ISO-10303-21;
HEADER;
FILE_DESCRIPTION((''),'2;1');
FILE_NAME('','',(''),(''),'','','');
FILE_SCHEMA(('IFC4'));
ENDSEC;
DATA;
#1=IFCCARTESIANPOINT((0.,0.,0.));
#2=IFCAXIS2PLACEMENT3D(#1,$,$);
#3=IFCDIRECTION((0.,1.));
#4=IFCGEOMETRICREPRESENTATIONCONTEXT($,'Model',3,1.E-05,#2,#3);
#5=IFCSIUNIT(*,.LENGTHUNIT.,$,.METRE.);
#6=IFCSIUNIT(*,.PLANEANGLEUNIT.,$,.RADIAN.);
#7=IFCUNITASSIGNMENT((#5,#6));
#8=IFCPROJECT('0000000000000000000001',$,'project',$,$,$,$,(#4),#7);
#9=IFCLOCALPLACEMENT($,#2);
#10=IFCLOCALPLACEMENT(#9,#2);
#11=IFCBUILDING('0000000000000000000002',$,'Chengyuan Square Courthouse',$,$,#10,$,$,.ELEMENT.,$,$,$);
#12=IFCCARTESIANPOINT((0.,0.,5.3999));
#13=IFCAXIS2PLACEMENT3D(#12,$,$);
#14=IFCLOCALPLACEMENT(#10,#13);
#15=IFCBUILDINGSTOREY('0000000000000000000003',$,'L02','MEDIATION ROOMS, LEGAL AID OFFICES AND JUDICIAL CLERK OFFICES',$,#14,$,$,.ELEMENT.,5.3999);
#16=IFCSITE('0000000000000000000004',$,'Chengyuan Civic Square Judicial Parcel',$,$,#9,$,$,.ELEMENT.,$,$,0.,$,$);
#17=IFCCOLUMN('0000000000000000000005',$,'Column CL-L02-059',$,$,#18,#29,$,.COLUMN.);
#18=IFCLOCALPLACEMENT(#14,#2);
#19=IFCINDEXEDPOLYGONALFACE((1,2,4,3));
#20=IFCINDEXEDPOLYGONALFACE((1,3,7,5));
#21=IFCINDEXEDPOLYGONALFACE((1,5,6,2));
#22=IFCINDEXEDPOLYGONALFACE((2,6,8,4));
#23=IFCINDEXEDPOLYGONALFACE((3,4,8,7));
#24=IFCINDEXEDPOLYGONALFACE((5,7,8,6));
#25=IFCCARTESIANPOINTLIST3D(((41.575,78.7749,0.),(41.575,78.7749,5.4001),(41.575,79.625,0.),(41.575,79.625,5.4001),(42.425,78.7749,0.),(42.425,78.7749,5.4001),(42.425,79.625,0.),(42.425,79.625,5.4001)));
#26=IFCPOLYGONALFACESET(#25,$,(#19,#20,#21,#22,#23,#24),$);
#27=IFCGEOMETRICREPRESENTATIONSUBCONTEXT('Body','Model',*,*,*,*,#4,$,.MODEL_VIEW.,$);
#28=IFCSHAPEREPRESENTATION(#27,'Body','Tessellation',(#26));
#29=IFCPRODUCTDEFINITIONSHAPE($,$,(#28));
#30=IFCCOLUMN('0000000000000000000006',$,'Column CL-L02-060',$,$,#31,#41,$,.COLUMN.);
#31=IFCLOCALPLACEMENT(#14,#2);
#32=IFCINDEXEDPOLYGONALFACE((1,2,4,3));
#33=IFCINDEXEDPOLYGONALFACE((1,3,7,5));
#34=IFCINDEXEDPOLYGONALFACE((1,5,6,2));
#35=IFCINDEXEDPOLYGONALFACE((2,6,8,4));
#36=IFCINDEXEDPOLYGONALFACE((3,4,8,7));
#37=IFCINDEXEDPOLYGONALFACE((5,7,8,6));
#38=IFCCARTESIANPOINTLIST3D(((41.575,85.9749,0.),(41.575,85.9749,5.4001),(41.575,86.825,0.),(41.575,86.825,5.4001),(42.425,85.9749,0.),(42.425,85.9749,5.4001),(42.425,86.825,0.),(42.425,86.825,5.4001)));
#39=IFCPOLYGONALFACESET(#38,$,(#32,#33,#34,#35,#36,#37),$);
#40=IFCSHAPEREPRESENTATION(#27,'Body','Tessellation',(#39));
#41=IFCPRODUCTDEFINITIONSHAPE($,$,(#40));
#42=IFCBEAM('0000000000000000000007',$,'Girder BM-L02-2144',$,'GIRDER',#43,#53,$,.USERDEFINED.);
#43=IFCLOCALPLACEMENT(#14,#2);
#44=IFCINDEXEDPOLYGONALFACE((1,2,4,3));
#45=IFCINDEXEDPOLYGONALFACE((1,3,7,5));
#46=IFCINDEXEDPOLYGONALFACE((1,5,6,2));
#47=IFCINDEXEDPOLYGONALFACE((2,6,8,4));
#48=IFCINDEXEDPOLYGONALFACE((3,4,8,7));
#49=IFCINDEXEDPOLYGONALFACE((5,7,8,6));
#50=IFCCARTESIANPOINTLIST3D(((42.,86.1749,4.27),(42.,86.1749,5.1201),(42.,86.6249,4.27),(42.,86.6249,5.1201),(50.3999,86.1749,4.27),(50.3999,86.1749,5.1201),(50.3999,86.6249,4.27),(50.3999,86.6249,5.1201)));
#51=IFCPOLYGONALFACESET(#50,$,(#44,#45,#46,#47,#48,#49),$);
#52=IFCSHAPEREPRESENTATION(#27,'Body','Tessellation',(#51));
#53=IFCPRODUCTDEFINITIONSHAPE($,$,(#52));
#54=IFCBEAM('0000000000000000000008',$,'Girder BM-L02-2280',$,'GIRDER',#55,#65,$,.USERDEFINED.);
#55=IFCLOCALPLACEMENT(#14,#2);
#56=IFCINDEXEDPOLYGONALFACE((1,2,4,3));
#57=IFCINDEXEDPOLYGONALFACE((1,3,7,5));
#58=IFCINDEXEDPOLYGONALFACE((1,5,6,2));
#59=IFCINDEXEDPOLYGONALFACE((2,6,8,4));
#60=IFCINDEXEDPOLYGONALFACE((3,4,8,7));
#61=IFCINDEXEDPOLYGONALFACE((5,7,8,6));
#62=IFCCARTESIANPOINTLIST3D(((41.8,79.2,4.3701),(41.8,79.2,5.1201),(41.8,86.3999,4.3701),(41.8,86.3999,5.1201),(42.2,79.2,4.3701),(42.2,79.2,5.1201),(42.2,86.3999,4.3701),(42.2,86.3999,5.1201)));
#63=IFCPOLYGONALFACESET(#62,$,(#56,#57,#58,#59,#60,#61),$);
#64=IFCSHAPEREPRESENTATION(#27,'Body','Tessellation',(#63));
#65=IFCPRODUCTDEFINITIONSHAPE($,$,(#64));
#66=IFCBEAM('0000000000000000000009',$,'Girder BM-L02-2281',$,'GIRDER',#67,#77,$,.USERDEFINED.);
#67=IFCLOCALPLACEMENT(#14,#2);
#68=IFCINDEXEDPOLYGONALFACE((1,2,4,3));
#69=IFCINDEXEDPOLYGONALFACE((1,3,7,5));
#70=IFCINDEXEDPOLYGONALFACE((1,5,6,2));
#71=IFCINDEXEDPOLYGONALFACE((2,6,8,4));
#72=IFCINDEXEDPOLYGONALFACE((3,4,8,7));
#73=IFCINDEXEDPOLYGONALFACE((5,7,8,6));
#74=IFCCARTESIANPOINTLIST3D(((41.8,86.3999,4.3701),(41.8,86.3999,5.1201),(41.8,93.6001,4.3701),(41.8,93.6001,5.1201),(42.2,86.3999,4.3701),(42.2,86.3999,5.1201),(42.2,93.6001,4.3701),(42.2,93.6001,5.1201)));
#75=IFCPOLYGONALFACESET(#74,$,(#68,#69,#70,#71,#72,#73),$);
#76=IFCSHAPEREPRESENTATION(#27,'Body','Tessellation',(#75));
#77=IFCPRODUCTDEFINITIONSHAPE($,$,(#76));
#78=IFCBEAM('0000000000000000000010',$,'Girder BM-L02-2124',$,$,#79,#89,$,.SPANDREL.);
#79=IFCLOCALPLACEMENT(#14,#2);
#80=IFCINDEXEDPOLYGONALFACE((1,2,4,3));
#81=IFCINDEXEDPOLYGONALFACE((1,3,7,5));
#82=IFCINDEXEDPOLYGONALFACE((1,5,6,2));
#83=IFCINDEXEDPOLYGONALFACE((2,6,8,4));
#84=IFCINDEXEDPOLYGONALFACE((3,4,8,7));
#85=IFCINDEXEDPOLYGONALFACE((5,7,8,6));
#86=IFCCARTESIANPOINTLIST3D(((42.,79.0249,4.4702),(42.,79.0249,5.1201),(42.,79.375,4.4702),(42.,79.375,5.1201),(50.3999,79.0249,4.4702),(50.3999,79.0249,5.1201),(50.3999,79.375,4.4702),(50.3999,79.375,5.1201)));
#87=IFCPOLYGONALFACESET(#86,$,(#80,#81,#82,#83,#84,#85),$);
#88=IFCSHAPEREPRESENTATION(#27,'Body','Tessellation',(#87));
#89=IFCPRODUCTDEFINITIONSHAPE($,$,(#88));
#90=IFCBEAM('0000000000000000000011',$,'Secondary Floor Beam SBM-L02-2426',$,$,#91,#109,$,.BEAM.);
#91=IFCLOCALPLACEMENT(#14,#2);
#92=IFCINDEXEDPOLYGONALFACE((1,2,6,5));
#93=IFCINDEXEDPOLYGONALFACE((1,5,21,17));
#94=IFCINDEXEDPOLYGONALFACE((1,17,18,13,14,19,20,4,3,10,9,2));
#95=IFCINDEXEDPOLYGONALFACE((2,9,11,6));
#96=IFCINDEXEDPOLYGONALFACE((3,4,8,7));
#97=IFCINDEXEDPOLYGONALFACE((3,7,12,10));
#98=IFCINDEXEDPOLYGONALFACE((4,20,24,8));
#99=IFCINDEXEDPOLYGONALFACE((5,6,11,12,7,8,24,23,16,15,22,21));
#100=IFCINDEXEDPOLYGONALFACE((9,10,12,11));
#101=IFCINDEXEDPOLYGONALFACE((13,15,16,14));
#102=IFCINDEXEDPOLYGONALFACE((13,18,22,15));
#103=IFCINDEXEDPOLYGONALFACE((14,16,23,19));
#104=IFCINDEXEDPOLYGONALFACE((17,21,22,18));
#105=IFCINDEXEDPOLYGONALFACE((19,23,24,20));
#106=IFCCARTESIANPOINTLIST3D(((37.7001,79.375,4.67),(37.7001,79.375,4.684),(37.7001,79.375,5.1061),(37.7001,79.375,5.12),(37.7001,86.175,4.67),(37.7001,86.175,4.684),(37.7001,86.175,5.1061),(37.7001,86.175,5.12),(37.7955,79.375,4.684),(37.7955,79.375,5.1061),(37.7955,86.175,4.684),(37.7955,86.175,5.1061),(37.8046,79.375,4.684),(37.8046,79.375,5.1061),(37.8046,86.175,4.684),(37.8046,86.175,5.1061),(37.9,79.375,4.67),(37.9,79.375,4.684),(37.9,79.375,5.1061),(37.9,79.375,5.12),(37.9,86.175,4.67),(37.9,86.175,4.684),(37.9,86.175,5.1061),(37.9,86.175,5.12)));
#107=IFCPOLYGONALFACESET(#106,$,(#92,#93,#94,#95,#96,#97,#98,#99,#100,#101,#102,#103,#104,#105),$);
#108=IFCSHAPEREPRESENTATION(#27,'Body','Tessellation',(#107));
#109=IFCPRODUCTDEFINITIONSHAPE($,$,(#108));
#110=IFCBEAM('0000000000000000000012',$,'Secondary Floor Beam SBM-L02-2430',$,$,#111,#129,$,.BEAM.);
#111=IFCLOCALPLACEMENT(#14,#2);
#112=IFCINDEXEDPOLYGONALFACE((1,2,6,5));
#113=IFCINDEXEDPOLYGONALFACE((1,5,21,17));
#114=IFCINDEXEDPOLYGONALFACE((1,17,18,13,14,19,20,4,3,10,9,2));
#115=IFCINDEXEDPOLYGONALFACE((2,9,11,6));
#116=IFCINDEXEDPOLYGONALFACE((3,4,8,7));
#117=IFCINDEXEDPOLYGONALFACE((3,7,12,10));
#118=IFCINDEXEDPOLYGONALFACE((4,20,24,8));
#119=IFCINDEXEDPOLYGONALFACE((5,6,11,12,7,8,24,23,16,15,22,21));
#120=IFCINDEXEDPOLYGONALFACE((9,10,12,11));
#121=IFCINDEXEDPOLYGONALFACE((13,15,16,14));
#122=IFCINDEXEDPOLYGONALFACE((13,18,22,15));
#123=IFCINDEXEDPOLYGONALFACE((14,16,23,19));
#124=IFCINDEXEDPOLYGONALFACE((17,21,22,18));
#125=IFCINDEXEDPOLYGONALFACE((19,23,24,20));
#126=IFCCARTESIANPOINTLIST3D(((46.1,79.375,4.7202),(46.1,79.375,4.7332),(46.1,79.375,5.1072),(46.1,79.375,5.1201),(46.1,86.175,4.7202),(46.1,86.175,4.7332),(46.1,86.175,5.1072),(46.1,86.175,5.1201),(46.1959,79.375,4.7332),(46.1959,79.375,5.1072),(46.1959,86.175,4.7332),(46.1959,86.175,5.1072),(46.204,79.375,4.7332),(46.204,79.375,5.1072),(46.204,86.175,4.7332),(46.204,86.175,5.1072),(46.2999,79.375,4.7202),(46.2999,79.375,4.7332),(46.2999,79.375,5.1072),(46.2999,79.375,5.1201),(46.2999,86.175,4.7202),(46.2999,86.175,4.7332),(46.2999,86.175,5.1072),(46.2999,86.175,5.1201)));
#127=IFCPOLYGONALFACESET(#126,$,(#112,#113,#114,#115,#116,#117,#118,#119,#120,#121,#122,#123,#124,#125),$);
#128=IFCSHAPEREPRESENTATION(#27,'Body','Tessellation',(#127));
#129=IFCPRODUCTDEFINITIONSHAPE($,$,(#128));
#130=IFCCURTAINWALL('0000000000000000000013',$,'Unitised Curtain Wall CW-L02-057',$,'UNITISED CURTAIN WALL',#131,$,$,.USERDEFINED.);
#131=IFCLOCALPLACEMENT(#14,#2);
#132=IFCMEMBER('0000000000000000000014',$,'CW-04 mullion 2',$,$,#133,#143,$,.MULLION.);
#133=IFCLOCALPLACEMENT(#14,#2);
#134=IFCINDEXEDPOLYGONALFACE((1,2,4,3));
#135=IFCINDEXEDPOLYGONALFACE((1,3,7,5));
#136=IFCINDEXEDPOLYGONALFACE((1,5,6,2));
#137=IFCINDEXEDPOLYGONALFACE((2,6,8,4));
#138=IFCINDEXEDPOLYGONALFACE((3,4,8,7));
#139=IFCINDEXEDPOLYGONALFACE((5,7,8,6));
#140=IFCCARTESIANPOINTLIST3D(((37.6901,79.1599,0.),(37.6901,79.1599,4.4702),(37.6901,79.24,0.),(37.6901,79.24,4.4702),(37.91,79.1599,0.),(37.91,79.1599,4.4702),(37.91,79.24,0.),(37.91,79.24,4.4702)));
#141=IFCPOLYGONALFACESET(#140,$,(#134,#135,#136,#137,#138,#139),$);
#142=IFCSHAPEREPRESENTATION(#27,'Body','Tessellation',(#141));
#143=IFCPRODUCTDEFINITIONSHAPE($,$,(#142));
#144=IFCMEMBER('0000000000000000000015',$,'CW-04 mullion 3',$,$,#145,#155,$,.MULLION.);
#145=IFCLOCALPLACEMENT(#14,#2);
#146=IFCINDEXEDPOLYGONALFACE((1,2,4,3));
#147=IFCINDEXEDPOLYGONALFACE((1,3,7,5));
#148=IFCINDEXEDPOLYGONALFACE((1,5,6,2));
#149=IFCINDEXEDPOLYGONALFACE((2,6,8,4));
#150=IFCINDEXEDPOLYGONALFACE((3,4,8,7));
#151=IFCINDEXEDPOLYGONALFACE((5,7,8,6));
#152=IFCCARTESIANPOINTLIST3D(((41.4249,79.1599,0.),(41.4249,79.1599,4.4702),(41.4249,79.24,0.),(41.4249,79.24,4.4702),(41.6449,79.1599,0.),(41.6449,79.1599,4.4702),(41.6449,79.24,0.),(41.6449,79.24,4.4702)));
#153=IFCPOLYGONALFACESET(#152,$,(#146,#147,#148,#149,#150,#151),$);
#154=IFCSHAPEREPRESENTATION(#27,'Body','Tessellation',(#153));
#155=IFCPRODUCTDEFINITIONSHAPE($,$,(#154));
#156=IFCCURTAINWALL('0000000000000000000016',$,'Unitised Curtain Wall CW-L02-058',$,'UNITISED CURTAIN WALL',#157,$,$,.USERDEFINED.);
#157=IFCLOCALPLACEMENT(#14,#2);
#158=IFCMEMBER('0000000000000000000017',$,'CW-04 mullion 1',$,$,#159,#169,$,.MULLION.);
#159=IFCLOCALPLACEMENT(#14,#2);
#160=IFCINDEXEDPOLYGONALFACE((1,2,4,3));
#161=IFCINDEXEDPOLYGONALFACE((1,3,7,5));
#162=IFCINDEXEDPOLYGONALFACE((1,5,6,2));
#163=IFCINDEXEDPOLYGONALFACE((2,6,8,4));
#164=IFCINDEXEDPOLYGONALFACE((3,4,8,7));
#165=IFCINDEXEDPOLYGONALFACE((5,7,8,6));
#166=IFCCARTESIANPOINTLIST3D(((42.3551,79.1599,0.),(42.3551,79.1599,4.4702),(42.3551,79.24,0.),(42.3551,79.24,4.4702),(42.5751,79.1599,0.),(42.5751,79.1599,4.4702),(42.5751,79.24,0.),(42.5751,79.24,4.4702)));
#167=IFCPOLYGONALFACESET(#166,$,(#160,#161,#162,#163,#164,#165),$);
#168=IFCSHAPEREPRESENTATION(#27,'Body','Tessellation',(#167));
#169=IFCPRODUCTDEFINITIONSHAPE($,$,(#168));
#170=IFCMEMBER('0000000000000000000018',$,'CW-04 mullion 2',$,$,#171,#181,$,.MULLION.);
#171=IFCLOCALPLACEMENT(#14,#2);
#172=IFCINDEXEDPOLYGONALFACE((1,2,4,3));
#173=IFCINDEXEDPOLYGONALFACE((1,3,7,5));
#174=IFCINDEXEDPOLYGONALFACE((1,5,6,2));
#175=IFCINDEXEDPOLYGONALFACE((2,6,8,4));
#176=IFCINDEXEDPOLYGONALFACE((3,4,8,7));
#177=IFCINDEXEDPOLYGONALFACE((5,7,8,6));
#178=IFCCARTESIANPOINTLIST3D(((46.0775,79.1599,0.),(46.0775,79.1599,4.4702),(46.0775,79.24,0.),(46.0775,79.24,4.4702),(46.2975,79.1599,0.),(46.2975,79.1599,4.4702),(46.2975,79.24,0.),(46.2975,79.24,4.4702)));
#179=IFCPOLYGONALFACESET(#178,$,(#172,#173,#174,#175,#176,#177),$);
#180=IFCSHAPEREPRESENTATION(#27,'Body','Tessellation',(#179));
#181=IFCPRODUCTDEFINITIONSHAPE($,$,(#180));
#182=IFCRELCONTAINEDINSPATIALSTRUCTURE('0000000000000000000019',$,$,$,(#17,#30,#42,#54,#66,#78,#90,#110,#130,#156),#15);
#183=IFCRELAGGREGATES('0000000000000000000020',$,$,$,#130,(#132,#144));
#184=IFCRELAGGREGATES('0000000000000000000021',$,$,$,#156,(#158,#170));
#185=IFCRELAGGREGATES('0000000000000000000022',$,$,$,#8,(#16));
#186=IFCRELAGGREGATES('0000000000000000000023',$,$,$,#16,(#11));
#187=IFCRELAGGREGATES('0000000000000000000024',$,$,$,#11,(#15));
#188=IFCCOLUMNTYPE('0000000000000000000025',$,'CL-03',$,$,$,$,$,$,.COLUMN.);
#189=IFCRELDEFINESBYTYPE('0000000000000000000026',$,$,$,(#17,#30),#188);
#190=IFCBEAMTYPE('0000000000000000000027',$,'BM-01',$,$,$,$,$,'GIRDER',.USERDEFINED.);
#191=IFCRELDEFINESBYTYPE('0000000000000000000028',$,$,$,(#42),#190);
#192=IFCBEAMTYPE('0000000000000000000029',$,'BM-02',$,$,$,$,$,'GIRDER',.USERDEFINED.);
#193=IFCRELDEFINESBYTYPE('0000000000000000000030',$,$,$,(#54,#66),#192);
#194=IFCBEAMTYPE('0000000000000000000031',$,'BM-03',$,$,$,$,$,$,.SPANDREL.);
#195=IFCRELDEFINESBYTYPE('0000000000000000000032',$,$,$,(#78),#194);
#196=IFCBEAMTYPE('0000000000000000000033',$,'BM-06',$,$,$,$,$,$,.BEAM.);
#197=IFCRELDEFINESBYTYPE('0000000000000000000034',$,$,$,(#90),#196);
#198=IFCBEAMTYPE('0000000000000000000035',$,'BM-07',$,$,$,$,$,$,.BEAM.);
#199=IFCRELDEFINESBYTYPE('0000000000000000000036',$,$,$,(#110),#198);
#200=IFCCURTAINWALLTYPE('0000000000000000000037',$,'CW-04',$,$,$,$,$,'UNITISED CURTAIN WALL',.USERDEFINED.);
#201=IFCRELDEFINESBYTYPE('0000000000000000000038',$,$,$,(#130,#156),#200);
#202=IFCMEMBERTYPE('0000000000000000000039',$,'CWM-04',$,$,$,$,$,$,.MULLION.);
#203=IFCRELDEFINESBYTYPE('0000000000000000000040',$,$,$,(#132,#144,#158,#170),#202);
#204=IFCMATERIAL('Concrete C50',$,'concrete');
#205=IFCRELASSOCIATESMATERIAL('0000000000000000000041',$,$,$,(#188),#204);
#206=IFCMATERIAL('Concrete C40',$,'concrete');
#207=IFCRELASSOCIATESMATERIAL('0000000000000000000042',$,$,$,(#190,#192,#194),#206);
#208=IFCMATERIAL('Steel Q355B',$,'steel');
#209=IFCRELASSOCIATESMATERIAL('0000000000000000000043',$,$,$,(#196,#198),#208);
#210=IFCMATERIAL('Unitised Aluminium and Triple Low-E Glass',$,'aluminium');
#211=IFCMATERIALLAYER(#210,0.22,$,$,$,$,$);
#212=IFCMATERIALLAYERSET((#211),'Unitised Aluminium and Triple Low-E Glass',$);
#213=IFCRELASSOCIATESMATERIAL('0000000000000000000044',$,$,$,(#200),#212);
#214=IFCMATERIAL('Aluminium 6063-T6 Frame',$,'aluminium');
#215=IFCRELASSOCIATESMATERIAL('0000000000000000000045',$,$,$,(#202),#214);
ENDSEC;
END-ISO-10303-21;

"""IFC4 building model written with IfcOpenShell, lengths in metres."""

from ifc_helpers import new_model, si_unit, direction, frame, origin, origin_2d, place, context, subcontext, project, spatial, rectangle, i_section, extrude, material, layer, layer_set, material_profile, profile_set, type_object, element, aggregate, save


model = new_model("IFC4")

# Units and contexts
model_context = context("Model", 3, precision=1e-05, world=origin(), true_north=direction((0.0, 1.0)))
body_context = subcontext(model_context, "Body", "Model", "MODEL_VIEW")
ifc_project = project(units=[si_unit("LENGTHUNIT", "METRE"), si_unit("PLANEANGLEUNIT", "RADIAN")], contexts=[model_context])

# Site, building, storey
site_placement = place(None, origin())
site = spatial("IfcSite", under=ifc_project, at=site_placement, Name="Chengyuan Civic Square Judicial Parcel", CompositionType="ELEMENT", RefElevation=0.0)
building_placement = place(site_placement, origin())
building = spatial("IfcBuilding", under=site, at=building_placement, Name="Chengyuan Square Courthouse", CompositionType="ELEMENT")
storey_placement = place(building_placement, frame((0.0, 0.0, 5.3999)))
storey = spatial("IfcBuildingStorey", under=building, at=storey_placement, Name="L02", Description="MEDIATION ROOMS, LEGAL AID OFFICES AND JUDICIAL CLERK OFFICES", CompositionType="ELEMENT", Elevation=5.3999)

# Columns
ifc_material_1 = material(Name="Concrete C50", Category="concrete")
ifc_material_profile_1 = material_profile(ifc_material_1, rectangle(XDim=0.8501, YDim=0.8501, at=origin_2d()), Name="RC-COL-850x850")
ifc_profile_set_1 = profile_set([ifc_material_profile_1], Name="Concrete C50")
column_type = type_object("IfcColumnType", Name="CL-03", PredefinedType="COLUMN", material=ifc_profile_set_1)
for number, where, z_axis, x_axis, name in (
    (1, (42.0, 79.2, 0.0), (0.0, 0.0, 1.0), (1.0, 0.0, 0.0), "Column CL-L02-059"),
    (2, (42.0, 86.3999, 0.0), (0.0, 0.0, 1.0), (1.0, 0.0, 0.0), "Column CL-L02-060"),
):
    element("IfcColumn", number, at=place(storey_placement, frame(where, z_axis=z_axis, x_axis=x_axis)), inside=storey, type_object=column_type, Name=name, PredefinedType="COLUMN", context=body_context, shape_type="SweptSolid", body=[
        extrude(rectangle(XDim=0.8501, YDim=0.8501, at=origin_2d()), origin(), (0.0, 0.0, 1.0), 5.4001),
    ])

# Beams
ifc_material_2 = material(Name="Concrete C40", Category="concrete")
ifc_material_profile_2 = material_profile(ifc_material_2, rectangle(XDim=0.45, YDim=0.8501, at=origin_2d()), Name="RC-BM-450x850")
ifc_profile_set_2 = profile_set([ifc_material_profile_2], Name="Concrete C40")
beam_type_1 = type_object("IfcBeamType", Name="BM-01", ElementType="GIRDER", PredefinedType="USERDEFINED", material=ifc_profile_set_2)
beam_1_placement = place(storey_placement, frame((42.0, 86.3999, 4.6951), z_axis=(1.0, 0.0, 0.0), x_axis=(0.0, 1.0, 0.0)))
element("IfcBeam", 3, at=beam_1_placement, inside=storey, type_object=beam_type_1, Name="Girder BM-L02-2144", ObjectType="GIRDER", PredefinedType="USERDEFINED", context=body_context, shape_type="SweptSolid", body=[
    extrude(rectangle(XDim=0.45, YDim=0.8501, at=origin_2d()), origin(), (0.0, 0.0, 1.0), 8.3999),
])
ifc_material_profile_3 = material_profile(ifc_material_2, rectangle(XDim=0.3999, YDim=0.75, at=origin_2d()), Name="RC-BM-400x750")
ifc_profile_set_3 = profile_set([ifc_material_profile_3], Name="Concrete C40")
beam_type_2 = type_object("IfcBeamType", Name="BM-02", ElementType="GIRDER", PredefinedType="USERDEFINED", material=ifc_profile_set_3)
beam_2_placement = place(storey_placement, frame((42.0, 79.2, 4.7451), z_axis=(0.0, 1.0, 0.0), x_axis=(-1.0, 0.0, 0.0)))
element("IfcBeam", 4, at=beam_2_placement, inside=storey, type_object=beam_type_2, Name="Girder BM-L02-2280", ObjectType="GIRDER", PredefinedType="USERDEFINED", context=body_context, shape_type="SweptSolid", body=[
    extrude(rectangle(XDim=0.3999, YDim=0.75, at=origin_2d()), origin(), (0.0, 0.0, 1.0), 7.2),
])
beam_3_placement = place(storey_placement, frame((42.0, 86.3999, 4.7451), z_axis=(0.0, 1.0, 0.0), x_axis=(-1.0, 0.0, 0.0)))
element("IfcBeam", 5, at=beam_3_placement, inside=storey, type_object=beam_type_2, Name="Girder BM-L02-2281", ObjectType="GIRDER", PredefinedType="USERDEFINED", context=body_context, shape_type="SweptSolid", body=[
    extrude(rectangle(XDim=0.3999, YDim=0.75, at=origin_2d()), origin(), (0.0, 0.0, 1.0), 7.2002),
])
ifc_material_profile_4 = material_profile(ifc_material_2, rectangle(XDim=0.3501, YDim=0.6499, at=origin_2d()), Name="RC-BM-350x650")
ifc_profile_set_4 = profile_set([ifc_material_profile_4], Name="Concrete C40")
beam_type_3 = type_object("IfcBeamType", Name="BM-03", PredefinedType="SPANDREL", material=ifc_profile_set_4)
beam_4_placement = place(storey_placement, frame((42.0, 79.2, 4.7952), z_axis=(1.0, 0.0, 0.0), x_axis=(0.0, 1.0, 0.0)))
element("IfcBeam", 6, at=beam_4_placement, inside=storey, type_object=beam_type_3, Name="Girder BM-L02-2124", PredefinedType="SPANDREL", context=body_context, shape_type="SweptSolid", body=[
    extrude(rectangle(XDim=0.3501, YDim=0.6499, at=origin_2d()), origin(), (0.0, 0.0, 1.0), 8.3999),
])
ifc_material_3 = material(Name="Steel Q355B", Category="steel")
ifc_material_profile_5 = material_profile(ifc_material_3, i_section(OverallWidth=0.2, OverallDepth=0.45, WebThickness=0.009, FlangeThickness=0.0139, at=origin_2d()), Name="HN 450x200x9x14")
ifc_profile_set_5 = profile_set([ifc_material_profile_5], Name="Steel Q355B")
beam_type_4 = type_object("IfcBeamType", Name="BM-06", PredefinedType="BEAM", material=ifc_profile_set_5)
beam_5_placement = place(storey_placement, frame((37.8, 79.375, 4.895), z_axis=(0.0, 1.0, 0.0), x_axis=(-1.0, 0.0, 0.0)))
element("IfcBeam", 7, at=beam_5_placement, inside=storey, type_object=beam_type_4, Name="Secondary Floor Beam SBM-L02-2426", PredefinedType="BEAM", context=body_context, shape_type="SweptSolid", body=[
    extrude(i_section(OverallWidth=0.2, OverallDepth=0.45, WebThickness=0.009, FlangeThickness=0.0139, at=origin_2d()), origin(), (0.0, 0.0, 1.0), 6.8),
])
ifc_material_profile_6 = material_profile(ifc_material_3, i_section(OverallWidth=0.2, OverallDepth=0.3999, WebThickness=0.0081, FlangeThickness=0.0129, at=origin_2d()), Name="HN 400x200x8x13")
ifc_profile_set_6 = profile_set([ifc_material_profile_6], Name="Steel Q355B")
beam_type_5 = type_object("IfcBeamType", Name="BM-07", PredefinedType="BEAM", material=ifc_profile_set_6)
beam_6_placement = place(storey_placement, frame((46.2, 79.375, 4.9202), z_axis=(0.0, 1.0, 0.0), x_axis=(-1.0, 0.0, 0.0)))
element("IfcBeam", 8, at=beam_6_placement, inside=storey, type_object=beam_type_5, Name="Secondary Floor Beam SBM-L02-2430", PredefinedType="BEAM", context=body_context, shape_type="SweptSolid", body=[
    extrude(i_section(OverallWidth=0.2, OverallDepth=0.3999, WebThickness=0.0081, FlangeThickness=0.0129, at=origin_2d()), origin(), (0.0, 0.0, 1.0), 6.8),
])

# Curtain walls, members
ifc_material_4 = material(Name="Unitised Aluminium and Triple Low-E Glass", Category="aluminium")
ifc_layer_1 = layer(ifc_material_4, 0.22)
ifc_layer_set_1 = layer_set([ifc_layer_1], Name="Unitised Aluminium and Triple Low-E Glass")
curtain_wall_type = type_object("IfcCurtainWallType", Name="CW-04", ElementType="UNITISED CURTAIN WALL", PredefinedType="USERDEFINED", material=ifc_layer_set_1)
curtain_wall_1_placement = place(storey_placement, origin())
curtain_wall_1 = element("IfcCurtainWall", 9, at=curtain_wall_1_placement, inside=storey, type_object=curtain_wall_type, Name="Unitised Curtain Wall CW-L02-057", ObjectType="UNITISED CURTAIN WALL", PredefinedType="USERDEFINED")
ifc_material_5 = material(Name="Aluminium 6063-T6 Frame", Category="aluminium")
ifc_material_profile_7 = material_profile(ifc_material_5, rectangle(XDim=0.0801, YDim=0.22, at=origin_2d()), Name="CW-MUL-80x220")
ifc_profile_set_7 = profile_set([ifc_material_profile_7], Name="Aluminium 6063-T6 Frame")
member_type_1 = type_object("IfcMemberType", Name="CWM-04", PredefinedType="MULLION", material=ifc_profile_set_7)
member_1_placement = place(storey_placement, frame((37.8, 79.2, 0.0), z_axis=(0.0, 0.0, 1.0), x_axis=(0.0, 1.0, 0.0)))
member_1 = element("IfcMember", 10, at=member_1_placement, type_object=member_type_1, Name="CW-04 mullion 2", PredefinedType="MULLION", context=body_context, shape_type="SweptSolid", body=[
    extrude(rectangle(XDim=0.0801, YDim=0.22, at=origin_2d()), origin(), (0.0, 0.0, 1.0), 4.4702),
])
member_2_placement = place(storey_placement, frame((41.5349, 79.2, 0.0), z_axis=(0.0, 0.0, 1.0), x_axis=(0.0, 1.0, 0.0)))
member_2 = element("IfcMember", 11, at=member_2_placement, type_object=member_type_1, Name="CW-04 mullion 3", PredefinedType="MULLION", context=body_context, shape_type="SweptSolid", body=[
    extrude(rectangle(XDim=0.0801, YDim=0.22, at=origin_2d()), origin(), (0.0, 0.0, 1.0), 4.4702),
])
curtain_wall_2_placement = place(storey_placement, origin())
curtain_wall_2 = element("IfcCurtainWall", 12, at=curtain_wall_2_placement, inside=storey, type_object=curtain_wall_type, Name="Unitised Curtain Wall CW-L02-058", ObjectType="UNITISED CURTAIN WALL", PredefinedType="USERDEFINED")
member_3_placement = place(storey_placement, frame((42.4651, 79.2, 0.0), z_axis=(0.0, 0.0, 1.0), x_axis=(0.0, 1.0, 0.0)))
member_3 = element("IfcMember", 13, at=member_3_placement, type_object=member_type_1, Name="CW-04 mullion 1", PredefinedType="MULLION", context=body_context, shape_type="SweptSolid", body=[
    extrude(rectangle(XDim=0.0801, YDim=0.22, at=origin_2d()), origin(), (0.0, 0.0, 1.0), 4.4702),
])
member_4_placement = place(storey_placement, frame((46.1875, 79.2, 0.0), z_axis=(0.0, 0.0, 1.0), x_axis=(0.0, 1.0, 0.0)))
member_4 = element("IfcMember", 14, at=member_4_placement, type_object=member_type_1, Name="CW-04 mullion 2", PredefinedType="MULLION", context=body_context, shape_type="SweptSolid", body=[
    extrude(rectangle(XDim=0.0801, YDim=0.22, at=origin_2d()), origin(), (0.0, 0.0, 1.0), 4.4702),
])

aggregate(curtain_wall_1, [member_1, member_2])
aggregate(curtain_wall_2, [member_3, member_4])

save(model, "model.ifc")
